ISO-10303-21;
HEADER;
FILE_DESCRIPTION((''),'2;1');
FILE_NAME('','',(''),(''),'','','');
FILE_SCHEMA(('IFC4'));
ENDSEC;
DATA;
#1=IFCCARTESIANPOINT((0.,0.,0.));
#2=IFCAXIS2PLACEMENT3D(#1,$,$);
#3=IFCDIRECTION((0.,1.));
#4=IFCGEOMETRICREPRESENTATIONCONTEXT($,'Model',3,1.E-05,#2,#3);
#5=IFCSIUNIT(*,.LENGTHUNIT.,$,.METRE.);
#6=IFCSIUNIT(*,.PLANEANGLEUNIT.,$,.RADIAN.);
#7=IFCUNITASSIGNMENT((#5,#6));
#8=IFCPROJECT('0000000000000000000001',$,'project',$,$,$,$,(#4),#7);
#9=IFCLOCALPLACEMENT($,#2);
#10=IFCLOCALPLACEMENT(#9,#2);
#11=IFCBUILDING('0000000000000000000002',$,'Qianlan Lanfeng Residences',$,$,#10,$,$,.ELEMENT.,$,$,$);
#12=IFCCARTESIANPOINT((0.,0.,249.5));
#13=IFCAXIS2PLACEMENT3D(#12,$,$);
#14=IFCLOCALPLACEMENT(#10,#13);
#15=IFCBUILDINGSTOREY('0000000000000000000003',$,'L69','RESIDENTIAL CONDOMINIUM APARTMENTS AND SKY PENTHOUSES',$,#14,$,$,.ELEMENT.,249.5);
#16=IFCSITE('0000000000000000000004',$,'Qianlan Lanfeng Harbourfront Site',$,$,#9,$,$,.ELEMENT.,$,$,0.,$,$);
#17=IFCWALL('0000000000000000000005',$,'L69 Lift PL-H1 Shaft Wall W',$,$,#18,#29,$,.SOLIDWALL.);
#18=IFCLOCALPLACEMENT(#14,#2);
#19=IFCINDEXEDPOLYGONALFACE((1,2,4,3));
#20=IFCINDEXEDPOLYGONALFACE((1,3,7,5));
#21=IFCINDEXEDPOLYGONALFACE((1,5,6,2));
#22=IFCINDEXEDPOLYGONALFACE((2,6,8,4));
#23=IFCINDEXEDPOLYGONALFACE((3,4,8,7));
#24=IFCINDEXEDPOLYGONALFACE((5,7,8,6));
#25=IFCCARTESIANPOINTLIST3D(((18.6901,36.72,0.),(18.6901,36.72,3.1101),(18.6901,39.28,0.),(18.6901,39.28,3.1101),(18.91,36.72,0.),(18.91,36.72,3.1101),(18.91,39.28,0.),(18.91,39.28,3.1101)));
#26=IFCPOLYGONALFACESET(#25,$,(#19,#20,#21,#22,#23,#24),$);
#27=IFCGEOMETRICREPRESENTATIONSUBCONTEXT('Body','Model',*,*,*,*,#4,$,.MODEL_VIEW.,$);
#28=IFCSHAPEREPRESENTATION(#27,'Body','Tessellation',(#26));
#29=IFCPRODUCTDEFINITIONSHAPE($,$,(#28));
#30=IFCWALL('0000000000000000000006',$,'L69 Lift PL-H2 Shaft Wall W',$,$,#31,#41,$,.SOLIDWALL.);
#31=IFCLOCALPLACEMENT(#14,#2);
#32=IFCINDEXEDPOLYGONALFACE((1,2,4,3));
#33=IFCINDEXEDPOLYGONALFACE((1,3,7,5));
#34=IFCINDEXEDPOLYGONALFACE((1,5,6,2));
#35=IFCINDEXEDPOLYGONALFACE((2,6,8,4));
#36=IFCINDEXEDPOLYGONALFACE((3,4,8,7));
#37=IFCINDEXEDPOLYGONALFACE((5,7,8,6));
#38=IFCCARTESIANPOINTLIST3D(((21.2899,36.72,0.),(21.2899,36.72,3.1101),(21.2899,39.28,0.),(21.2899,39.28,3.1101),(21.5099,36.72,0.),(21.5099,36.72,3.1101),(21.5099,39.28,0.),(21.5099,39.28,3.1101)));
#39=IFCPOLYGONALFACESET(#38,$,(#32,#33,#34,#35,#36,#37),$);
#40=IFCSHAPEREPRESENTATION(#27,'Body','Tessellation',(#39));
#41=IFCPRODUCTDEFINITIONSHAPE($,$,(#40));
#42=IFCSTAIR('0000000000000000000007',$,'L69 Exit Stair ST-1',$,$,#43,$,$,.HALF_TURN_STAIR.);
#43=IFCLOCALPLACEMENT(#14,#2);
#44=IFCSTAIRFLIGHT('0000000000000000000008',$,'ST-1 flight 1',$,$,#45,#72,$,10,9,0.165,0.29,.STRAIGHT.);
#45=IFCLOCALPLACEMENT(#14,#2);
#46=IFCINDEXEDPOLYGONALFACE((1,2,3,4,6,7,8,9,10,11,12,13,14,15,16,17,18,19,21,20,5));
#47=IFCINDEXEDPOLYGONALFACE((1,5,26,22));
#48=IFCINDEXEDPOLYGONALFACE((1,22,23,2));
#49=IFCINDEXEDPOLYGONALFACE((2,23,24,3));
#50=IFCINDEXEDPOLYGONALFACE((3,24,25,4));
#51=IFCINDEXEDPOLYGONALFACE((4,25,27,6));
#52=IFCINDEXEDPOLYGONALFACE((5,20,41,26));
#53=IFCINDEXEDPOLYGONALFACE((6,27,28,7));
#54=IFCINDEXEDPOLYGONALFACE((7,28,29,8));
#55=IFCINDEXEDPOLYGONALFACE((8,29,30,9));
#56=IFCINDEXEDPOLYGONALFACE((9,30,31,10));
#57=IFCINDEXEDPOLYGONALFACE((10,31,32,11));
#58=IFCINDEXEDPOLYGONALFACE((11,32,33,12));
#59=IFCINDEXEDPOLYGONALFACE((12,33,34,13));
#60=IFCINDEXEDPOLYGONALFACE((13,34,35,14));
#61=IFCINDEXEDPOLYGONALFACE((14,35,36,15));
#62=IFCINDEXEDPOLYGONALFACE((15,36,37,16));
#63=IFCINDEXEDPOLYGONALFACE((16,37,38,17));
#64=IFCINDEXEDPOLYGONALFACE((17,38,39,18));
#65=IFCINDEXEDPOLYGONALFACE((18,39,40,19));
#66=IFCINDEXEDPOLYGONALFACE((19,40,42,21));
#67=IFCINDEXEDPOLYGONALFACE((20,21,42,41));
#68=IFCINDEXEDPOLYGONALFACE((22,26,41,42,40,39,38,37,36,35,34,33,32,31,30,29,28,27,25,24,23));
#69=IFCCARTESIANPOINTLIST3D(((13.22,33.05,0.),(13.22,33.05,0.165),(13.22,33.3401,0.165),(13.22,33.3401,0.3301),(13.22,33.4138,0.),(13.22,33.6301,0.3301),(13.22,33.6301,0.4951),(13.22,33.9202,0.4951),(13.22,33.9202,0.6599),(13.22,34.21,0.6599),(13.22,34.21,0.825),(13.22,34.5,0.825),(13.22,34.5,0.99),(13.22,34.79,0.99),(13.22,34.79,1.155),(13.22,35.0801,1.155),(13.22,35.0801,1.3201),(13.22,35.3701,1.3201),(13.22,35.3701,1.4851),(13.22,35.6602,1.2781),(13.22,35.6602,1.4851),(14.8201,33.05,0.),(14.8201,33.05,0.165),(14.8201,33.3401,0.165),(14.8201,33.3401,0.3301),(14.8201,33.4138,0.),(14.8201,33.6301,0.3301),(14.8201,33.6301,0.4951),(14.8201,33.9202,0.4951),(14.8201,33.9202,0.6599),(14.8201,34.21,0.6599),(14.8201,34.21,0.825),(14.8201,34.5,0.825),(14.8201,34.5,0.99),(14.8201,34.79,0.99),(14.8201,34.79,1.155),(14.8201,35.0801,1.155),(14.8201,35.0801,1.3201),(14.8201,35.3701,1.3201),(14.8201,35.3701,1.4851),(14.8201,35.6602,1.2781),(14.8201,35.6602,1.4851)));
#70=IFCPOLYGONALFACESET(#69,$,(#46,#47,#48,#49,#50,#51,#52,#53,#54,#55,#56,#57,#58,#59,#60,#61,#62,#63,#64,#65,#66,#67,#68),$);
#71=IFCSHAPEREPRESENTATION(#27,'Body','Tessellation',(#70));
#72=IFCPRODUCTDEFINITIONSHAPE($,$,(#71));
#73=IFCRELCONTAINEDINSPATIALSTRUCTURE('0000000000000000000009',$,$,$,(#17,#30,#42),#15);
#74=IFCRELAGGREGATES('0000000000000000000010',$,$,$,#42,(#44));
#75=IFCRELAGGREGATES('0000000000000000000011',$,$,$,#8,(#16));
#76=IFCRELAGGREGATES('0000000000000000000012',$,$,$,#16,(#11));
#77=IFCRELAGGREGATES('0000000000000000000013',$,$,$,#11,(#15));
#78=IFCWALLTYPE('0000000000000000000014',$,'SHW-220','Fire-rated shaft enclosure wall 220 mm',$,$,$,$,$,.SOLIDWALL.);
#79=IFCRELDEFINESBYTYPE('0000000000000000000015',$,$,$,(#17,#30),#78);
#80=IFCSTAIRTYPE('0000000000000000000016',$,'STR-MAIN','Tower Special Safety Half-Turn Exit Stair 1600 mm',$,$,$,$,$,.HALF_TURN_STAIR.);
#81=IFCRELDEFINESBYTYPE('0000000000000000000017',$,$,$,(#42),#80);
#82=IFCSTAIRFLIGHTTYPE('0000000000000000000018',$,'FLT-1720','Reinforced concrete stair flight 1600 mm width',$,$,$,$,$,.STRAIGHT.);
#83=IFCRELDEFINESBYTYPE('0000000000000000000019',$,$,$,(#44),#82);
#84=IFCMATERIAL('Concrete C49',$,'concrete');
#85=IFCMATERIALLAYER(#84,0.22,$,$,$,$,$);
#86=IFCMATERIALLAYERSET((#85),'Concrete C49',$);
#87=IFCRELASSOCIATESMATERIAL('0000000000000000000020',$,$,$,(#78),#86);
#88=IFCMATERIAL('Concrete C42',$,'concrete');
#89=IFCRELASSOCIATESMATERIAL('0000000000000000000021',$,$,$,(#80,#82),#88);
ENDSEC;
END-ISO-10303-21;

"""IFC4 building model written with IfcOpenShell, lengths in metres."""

from ifc_helpers import new_model, si_unit, direction, frame, frame_2d, origin, place, context, subcontext, project, spatial, polyline, rectangle, outline, extrude, material, layer, layer_set, type_object, element, aggregate, save


model = new_model("IFC4")

# Units and contexts
model_context = context("Model", 3, precision=1e-05, world=origin(), true_north=direction((0.0, 1.0)))
body_context = subcontext(model_context, "Body", "Model", "MODEL_VIEW")
ifc_project = project(units=[si_unit("LENGTHUNIT", "METRE"), si_unit("PLANEANGLEUNIT", "RADIAN")], contexts=[model_context])

# Site, building, storey
site_placement = place(None, origin())
site = spatial("IfcSite", under=ifc_project, at=site_placement, Name="Qianlan Lanfeng Harbourfront Site", CompositionType="ELEMENT", RefElevation=0.0)
building_placement = place(site_placement, origin())
building = spatial("IfcBuilding", under=site, at=building_placement, Name="Qianlan Lanfeng Residences", CompositionType="ELEMENT")
storey_placement = place(building_placement, frame((0.0, 0.0, 249.5)))
storey = spatial("IfcBuildingStorey", under=building, at=storey_placement, Name="L69", Description="RESIDENTIAL CONDOMINIUM APARTMENTS AND SKY PENTHOUSES", CompositionType="ELEMENT", Elevation=249.5)

# Shared definitions
ifc_material_1 = material(Name="Concrete C49", Category="concrete")

# Walls
ifc_layer_1 = layer(ifc_material_1, 0.22)
ifc_layer_set_1 = layer_set([ifc_layer_1], Name="Concrete C49")
wall_type_1 = type_object("IfcWallType", Name="SHW-220", Description="Fire-rated shaft enclosure wall 220 mm", PredefinedType="SOLIDWALL", material=ifc_layer_set_1)
for number, where, z_axis, x_axis, name in (
    (1, (18.8, 36.72, 0.0), (0.0, 0.0, 1.0), (0.0, 1.0, 0.0), "L69 Lift PL-H1 Shaft Wall W"),
    (2, (21.3999, 36.72, 0.0), (0.0, 0.0, 1.0), (0.0, 1.0, 0.0), "L69 Lift PL-H2 Shaft Wall W"),
):
    element("IfcWall", number, at=place(storey_placement, frame(where, z_axis=z_axis, x_axis=x_axis)), inside=storey, type_object=wall_type_1, Name=name, PredefinedType="SOLIDWALL", context=body_context, shape_type="SweptSolid", body=[
        extrude(rectangle(XDim=2.5601, YDim=0.22, at=frame_2d((1.28, 0.0))), origin(), (0.0, 0.0, 1.0), 3.1101),
    ])

# Stair, stair flight
ifc_material_2 = material(Name="Concrete C42", Category="concrete")
stair_type = type_object("IfcStairType", Name="STR-MAIN", Description="Tower Special Safety Half-Turn Exit Stair 1600 mm", PredefinedType="HALF_TURN_STAIR", material=ifc_material_2)
stair_placement = place(storey_placement, origin())
stair = element("IfcStair", 3, at=stair_placement, inside=storey, type_object=stair_type, Name="L69 Exit Stair ST-1", PredefinedType="HALF_TURN_STAIR")
stair_flight_type = type_object("IfcStairFlightType", Name="FLT-1720", Description="Reinforced concrete stair flight 1600 mm width", PredefinedType="STRAIGHT", material=ifc_material_2)
stair_flight_placement = place(storey_placement, frame((14.02, 33.05, 0.0), z_axis=(0.0, 0.0, 1.0), x_axis=(0.0, 1.0, 0.0)))
stair_flight = element("IfcStairFlight", 4, at=stair_flight_placement, type_object=stair_flight_type, Name="ST-1 flight 1", NumberOfRisers=10, NumberOfTreads=9, PredefinedType="STRAIGHT", RiserHeight=0.165, TreadLength=0.29, context=body_context, shape_type="SweptSolid", body=[
    extrude(outline(polyline([(0.0, 0.0), (0.0, 0.165), (0.29, 0.165), (0.29, 0.3301), (0.5801, 0.3301), (0.5801, 0.4951), (0.8701, 0.4951), (0.8701, 0.6599), (1.1599, 0.6599), (1.1599, 0.825), (1.45, 0.825), (1.45, 0.99), (1.74, 0.99), (1.74, 1.155), (2.03, 1.155), (2.03, 1.3201), (2.3201, 1.3201), (2.3201, 1.4851), (2.6101, 1.4851), (2.6101, 1.6499), (2.6101, 1.2781), (0.3638, 0.0), (0.0, 0.0)])), frame((0.0, 0.8, 0.0), z_axis=(0.0, -1.0, 0.0), x_axis=(1.0, 0.0, 0.0)), (0.0, 0.0, 1.0), 1.6001),
])
aggregate(stair, [stair_flight])

save(model, "model.ifc")
